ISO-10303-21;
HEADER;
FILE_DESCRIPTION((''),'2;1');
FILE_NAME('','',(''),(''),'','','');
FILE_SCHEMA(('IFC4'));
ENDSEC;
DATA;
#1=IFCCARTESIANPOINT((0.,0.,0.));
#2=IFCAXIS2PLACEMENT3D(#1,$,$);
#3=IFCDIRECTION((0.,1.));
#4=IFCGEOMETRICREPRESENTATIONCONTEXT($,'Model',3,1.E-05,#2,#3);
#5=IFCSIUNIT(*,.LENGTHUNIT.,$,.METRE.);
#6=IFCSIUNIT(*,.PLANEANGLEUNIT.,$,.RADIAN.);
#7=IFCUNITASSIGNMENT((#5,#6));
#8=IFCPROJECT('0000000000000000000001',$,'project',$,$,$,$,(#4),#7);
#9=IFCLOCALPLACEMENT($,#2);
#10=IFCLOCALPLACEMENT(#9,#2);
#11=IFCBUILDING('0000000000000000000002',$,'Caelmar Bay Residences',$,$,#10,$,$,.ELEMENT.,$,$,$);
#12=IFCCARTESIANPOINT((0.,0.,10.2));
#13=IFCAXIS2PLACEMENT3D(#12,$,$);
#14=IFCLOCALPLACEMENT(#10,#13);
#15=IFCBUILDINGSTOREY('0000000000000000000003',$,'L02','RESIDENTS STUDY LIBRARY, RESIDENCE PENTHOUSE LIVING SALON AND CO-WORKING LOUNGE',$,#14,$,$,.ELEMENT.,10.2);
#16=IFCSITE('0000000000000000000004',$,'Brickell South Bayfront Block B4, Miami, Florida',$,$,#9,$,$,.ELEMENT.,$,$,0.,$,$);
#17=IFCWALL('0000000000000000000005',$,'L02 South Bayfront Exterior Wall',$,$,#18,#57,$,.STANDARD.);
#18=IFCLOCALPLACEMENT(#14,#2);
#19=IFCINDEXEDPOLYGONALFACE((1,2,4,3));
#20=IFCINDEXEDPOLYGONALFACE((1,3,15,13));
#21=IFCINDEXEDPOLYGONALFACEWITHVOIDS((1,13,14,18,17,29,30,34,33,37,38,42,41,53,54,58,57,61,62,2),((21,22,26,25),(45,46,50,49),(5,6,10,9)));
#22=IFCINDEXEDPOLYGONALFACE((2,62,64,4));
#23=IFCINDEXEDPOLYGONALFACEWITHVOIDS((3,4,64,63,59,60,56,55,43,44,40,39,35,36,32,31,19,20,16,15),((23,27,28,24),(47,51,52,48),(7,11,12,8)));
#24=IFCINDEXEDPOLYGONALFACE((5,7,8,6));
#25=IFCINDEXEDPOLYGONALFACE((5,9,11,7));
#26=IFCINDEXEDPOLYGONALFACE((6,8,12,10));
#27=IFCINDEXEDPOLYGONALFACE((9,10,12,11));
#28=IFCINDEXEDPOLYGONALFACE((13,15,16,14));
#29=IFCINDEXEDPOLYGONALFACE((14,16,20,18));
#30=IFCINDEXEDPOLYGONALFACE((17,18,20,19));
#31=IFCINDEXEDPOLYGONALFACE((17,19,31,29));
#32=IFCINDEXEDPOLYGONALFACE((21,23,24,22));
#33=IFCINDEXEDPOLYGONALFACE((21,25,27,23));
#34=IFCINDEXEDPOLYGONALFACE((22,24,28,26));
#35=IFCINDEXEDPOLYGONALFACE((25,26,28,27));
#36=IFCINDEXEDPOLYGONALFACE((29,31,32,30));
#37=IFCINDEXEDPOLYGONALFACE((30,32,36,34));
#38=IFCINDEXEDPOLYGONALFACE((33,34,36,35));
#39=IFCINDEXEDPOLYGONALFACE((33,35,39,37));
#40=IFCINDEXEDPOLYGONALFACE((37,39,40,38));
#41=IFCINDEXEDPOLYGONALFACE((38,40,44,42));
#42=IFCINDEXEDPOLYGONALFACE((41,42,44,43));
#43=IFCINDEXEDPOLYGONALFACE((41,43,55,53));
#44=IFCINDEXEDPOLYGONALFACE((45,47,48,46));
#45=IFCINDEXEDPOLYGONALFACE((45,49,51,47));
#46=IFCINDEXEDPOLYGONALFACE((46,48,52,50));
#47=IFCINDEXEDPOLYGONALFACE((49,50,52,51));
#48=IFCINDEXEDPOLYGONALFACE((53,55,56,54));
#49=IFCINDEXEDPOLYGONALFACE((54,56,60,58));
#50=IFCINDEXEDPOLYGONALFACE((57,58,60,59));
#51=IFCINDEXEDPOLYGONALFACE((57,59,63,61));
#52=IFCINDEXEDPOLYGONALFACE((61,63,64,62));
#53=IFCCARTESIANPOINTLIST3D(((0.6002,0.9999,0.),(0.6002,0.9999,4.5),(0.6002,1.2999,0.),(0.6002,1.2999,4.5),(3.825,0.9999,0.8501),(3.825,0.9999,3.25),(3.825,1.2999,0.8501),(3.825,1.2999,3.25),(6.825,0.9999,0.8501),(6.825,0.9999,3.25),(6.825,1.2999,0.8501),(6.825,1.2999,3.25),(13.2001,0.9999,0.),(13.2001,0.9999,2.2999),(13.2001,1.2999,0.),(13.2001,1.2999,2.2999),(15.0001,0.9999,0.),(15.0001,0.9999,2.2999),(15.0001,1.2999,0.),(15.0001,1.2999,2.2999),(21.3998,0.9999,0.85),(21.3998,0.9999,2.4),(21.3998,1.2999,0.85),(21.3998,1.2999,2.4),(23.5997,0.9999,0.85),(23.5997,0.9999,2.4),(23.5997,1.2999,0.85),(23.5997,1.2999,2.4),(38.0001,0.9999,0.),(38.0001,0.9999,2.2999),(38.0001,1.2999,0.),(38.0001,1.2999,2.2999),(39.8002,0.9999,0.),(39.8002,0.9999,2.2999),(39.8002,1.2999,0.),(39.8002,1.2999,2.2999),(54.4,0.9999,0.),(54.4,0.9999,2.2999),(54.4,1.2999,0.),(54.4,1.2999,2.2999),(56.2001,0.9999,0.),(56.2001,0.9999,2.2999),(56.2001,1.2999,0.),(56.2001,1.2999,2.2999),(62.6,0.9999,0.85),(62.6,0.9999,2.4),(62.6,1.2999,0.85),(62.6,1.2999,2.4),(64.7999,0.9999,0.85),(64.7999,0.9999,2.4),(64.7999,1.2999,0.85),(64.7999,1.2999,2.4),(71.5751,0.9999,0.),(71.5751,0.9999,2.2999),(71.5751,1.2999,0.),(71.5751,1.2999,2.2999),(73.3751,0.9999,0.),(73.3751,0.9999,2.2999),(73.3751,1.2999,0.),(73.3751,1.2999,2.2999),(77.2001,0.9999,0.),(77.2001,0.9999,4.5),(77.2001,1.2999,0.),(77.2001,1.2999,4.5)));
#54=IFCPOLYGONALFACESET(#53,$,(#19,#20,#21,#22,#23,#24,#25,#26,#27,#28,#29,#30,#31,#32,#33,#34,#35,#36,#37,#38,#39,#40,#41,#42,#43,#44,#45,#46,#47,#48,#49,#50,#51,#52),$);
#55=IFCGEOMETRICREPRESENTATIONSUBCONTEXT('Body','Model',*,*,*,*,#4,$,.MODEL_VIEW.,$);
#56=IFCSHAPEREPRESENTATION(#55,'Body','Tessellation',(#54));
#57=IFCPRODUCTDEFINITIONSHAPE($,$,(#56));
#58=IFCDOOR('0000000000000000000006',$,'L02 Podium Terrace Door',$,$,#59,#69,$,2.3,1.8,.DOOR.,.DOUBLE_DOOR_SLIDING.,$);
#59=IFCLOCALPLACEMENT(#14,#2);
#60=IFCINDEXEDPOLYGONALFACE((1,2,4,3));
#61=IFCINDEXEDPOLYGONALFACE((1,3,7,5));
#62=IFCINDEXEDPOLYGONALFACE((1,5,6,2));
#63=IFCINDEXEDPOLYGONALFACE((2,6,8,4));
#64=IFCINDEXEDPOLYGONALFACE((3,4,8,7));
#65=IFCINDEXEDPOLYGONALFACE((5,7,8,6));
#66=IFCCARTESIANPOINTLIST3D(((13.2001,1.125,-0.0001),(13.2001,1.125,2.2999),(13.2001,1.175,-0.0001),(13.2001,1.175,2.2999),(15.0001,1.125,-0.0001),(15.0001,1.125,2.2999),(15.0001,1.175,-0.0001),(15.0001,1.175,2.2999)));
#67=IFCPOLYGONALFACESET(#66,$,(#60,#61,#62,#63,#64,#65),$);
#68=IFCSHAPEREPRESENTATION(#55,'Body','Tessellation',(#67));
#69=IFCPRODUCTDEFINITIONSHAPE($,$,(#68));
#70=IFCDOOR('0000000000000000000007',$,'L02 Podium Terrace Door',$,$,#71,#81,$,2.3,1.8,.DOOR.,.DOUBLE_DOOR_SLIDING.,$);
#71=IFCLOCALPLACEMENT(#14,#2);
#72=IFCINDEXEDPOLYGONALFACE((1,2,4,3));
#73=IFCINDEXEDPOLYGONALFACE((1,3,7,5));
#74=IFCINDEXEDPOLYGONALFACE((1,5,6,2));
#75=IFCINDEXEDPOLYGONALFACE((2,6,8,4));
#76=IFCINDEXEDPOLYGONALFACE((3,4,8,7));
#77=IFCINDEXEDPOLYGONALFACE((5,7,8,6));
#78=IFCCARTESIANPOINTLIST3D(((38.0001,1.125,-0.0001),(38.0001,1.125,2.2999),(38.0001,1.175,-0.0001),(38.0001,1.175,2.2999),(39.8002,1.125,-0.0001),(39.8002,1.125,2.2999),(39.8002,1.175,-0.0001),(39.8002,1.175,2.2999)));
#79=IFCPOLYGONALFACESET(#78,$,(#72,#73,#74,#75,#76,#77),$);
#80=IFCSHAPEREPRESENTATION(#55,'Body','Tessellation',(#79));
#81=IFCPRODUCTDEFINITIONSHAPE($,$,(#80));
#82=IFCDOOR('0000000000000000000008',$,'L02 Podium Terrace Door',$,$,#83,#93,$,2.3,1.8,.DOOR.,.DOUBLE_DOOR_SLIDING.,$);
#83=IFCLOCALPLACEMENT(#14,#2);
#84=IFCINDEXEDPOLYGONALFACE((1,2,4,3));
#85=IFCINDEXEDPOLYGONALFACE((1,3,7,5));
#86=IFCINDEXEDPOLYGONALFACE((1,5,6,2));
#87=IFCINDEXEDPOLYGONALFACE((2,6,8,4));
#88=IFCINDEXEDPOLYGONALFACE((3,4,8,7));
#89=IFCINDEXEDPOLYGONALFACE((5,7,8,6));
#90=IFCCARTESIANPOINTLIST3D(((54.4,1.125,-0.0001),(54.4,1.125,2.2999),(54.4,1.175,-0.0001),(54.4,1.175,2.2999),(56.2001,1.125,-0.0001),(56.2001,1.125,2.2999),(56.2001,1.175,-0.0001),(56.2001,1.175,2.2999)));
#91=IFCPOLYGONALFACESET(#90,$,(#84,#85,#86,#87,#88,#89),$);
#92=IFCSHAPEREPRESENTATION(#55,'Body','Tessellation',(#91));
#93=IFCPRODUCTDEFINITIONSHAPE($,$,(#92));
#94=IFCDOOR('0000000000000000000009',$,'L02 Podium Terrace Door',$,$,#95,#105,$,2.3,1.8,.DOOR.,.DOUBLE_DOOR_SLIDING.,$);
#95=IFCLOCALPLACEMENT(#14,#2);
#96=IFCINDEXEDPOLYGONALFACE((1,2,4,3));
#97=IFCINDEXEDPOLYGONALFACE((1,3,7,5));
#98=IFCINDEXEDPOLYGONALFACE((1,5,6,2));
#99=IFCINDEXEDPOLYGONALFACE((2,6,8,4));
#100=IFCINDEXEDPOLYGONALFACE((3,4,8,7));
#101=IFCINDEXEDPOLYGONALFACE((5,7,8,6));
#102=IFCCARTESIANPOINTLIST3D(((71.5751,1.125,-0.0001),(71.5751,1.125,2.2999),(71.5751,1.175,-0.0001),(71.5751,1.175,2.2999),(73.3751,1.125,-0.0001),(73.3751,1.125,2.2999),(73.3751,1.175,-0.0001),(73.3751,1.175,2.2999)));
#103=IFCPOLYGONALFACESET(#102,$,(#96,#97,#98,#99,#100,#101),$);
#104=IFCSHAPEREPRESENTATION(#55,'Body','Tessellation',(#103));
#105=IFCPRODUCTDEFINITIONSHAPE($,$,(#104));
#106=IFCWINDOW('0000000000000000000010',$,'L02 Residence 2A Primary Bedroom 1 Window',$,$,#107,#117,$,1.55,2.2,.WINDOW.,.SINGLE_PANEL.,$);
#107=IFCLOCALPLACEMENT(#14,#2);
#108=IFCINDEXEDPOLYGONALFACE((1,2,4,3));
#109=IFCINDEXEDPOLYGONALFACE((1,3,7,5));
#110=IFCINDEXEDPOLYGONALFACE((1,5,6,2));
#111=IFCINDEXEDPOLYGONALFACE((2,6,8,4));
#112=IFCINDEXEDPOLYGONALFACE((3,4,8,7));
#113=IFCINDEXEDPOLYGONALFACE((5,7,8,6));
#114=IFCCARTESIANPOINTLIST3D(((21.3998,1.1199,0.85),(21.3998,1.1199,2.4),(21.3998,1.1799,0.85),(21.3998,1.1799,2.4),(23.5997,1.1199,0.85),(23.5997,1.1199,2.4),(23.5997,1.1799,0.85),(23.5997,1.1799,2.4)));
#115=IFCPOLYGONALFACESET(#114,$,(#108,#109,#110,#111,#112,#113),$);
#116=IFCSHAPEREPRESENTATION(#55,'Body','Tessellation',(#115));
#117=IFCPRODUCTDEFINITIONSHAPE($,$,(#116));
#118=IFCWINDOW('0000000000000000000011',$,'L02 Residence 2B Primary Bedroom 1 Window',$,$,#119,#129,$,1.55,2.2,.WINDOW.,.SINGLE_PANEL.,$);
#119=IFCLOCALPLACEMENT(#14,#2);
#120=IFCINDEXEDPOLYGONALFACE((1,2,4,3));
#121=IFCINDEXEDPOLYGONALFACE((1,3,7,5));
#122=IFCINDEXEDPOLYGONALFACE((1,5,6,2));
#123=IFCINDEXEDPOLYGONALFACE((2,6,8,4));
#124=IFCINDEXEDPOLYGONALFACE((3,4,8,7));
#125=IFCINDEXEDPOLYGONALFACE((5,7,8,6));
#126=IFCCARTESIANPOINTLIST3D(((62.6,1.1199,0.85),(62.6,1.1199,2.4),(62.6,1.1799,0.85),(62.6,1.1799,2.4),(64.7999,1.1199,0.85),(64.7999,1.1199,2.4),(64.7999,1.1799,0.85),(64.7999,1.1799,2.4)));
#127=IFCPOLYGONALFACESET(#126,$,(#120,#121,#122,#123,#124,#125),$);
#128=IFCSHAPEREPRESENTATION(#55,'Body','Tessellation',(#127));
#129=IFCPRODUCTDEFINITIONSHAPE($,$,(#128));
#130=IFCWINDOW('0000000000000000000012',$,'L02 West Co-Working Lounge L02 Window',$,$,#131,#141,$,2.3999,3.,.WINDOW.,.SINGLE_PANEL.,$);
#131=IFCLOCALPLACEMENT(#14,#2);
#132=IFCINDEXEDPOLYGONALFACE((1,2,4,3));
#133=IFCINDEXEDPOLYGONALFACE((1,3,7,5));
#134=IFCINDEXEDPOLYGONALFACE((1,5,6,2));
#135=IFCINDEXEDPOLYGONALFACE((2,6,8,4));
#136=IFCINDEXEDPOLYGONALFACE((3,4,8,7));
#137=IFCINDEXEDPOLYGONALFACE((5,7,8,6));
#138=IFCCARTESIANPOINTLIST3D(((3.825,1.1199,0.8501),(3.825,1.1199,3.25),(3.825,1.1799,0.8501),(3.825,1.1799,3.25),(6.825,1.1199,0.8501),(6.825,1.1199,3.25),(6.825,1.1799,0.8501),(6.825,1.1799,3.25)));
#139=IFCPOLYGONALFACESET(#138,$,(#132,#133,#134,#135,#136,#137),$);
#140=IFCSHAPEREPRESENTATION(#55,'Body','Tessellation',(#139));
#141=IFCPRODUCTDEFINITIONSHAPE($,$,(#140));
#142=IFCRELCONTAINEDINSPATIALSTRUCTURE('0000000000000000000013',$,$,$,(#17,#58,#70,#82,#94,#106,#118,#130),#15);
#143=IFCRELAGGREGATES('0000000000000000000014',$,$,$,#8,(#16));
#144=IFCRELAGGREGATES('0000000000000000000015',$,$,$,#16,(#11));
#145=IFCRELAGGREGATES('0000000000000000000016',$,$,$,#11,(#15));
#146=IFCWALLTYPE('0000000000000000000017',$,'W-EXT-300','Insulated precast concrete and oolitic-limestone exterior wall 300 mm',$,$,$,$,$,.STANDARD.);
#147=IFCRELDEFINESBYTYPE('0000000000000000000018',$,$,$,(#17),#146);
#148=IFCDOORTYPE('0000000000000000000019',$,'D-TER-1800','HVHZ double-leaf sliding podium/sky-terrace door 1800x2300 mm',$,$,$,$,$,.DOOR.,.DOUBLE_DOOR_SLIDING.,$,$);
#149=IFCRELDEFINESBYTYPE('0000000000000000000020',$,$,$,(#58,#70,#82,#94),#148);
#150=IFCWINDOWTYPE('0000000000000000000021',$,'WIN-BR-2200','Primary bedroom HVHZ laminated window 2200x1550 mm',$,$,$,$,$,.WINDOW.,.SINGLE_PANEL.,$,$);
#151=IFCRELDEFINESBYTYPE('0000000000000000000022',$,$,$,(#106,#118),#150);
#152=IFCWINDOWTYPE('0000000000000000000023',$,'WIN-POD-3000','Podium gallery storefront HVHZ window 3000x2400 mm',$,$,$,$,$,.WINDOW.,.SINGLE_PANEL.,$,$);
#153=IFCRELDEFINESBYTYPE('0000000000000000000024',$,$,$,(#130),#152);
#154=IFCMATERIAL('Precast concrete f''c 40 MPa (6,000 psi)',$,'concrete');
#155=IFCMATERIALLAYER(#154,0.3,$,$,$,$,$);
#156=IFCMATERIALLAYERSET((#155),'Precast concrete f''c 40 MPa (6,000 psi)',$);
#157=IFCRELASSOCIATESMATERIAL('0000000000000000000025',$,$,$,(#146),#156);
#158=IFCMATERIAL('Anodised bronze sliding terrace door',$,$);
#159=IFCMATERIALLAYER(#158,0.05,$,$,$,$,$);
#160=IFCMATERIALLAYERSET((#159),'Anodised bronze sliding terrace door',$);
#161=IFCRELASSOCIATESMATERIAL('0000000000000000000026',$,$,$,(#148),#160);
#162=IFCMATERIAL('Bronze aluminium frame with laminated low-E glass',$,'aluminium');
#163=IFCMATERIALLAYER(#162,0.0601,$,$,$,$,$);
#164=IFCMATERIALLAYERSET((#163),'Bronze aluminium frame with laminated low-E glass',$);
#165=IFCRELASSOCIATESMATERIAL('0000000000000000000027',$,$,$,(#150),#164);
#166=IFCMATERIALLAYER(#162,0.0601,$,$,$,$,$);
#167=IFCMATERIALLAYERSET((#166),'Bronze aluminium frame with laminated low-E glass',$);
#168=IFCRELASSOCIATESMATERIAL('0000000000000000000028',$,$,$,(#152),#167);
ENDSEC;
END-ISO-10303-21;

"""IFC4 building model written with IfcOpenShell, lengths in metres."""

from ifc_helpers import new_model, si_unit, direction, frame, frame_2d, origin, place, context, subcontext, project, spatial, rectangle, extrude, material, layer, layer_set, type_object, element, fill, save


model = new_model("IFC4")

# Units and contexts
model_context = context("Model", 3, precision=1e-05, world=origin(), true_north=direction((0.0, 1.0)))
body_context = subcontext(model_context, "Body", "Model", "MODEL_VIEW")
ifc_project = project(units=[si_unit("LENGTHUNIT", "METRE"), si_unit("PLANEANGLEUNIT", "RADIAN")], contexts=[model_context])

# Site, building, storey
site_placement = place(None, origin())
site = spatial("IfcSite", under=ifc_project, at=site_placement, Name="Brickell South Bayfront Block B4, Miami, Florida", CompositionType="ELEMENT", RefElevation=0.0)
building_placement = place(site_placement, origin())
building = spatial("IfcBuilding", under=site, at=building_placement, Name="Caelmar Bay Residences", CompositionType="ELEMENT")
storey_placement = place(building_placement, frame((0.0, 0.0, 10.2)))
storey = spatial("IfcBuildingStorey", under=building, at=storey_placement, Name="L02", Description="RESIDENTS STUDY LIBRARY, RESIDENCE PENTHOUSE LIVING SALON AND CO-WORKING LOUNGE", CompositionType="ELEMENT", Elevation=10.2)

# Wall, openings, doors, windows
ifc_material_1 = material(Name="Precast concrete f'c 40 MPa (6,000 psi)", Category="concrete")
ifc_layer_1 = layer(ifc_material_1, 0.3)
ifc_layer_set_1 = layer_set([ifc_layer_1], Name="Precast concrete f'c 40 MPa (6,000 psi)")
wall_type = type_object("IfcWallType", Name="W-EXT-300", Description="Insulated precast concrete and oolitic-limestone exterior wall 300 mm", PredefinedType="STANDARD", material=ifc_layer_set_1)
wall_placement = place(storey_placement, frame((77.2, 1.1499, 0.0), z_axis=(0.0, 0.0, 1.0), x_axis=(-1.0, 0.0, 0.0)))
wall = element("IfcWall", 1, at=wall_placement, inside=storey, type_object=wall_type, Name="L02 South Bayfront Exterior Wall", PredefinedType="STANDARD", context=body_context, shape_type="SweptSolid", body=[
    extrude(rectangle(XDim=76.5999, YDim=0.3, at=frame_2d((38.2998, 0.0))), origin(), (0.0, 0.0, 1.0), 4.5),
])
opening_1_placement = place(wall_placement, frame((70.375, 0.0, 0.8501)))
opening_1 = element("IfcOpeningElement", 2, at=opening_1_placement, cuts=wall, PredefinedType="OPENING", context=body_context, shape_type="SweptSolid", body=[
    extrude(rectangle(XDim=3.0, YDim=2.3999, at=frame_2d((1.5, 1.2))), frame((0.0, 0.1599, 0.0), z_axis=(0.0, -1.0, 0.0), x_axis=(1.0, 0.0, 0.0)), (0.0, 0.0, 1.0), 0.3201),
])
opening_2_placement = place(wall_placement, frame((62.2, 0.0, 0.0)))
opening_2 = element("IfcOpeningElement", 3, at=opening_2_placement, cuts=wall, PredefinedType="OPENING", context=body_context, shape_type="SweptSolid", body=[
    extrude(rectangle(XDim=1.8, YDim=2.3, at=frame_2d((0.8999, 1.1499))), frame((0.0, 0.1599, 0.0), z_axis=(0.0, -1.0, 0.0), x_axis=(1.0, 0.0, 0.0)), (0.0, 0.0, 1.0), 0.3201),
])
opening_3_placement = place(wall_placement, frame((53.6001, 0.0, 0.8501)))
opening_3 = element("IfcOpeningElement", 4, at=opening_3_placement, cuts=wall, PredefinedType="OPENING", context=body_context, shape_type="SweptSolid", body=[
    extrude(rectangle(XDim=2.2, YDim=1.55, at=frame_2d((1.1001, 0.7749))), frame((0.0, 0.1599, 0.0), z_axis=(0.0, -1.0, 0.0), x_axis=(1.0, 0.0, 0.0)), (0.0, 0.0, 1.0), 0.3201),
])
opening_4_placement = place(wall_placement, frame((37.3999, 0.0, 0.0)))
opening_4 = element("IfcOpeningElement", 5, at=opening_4_placement, cuts=wall, PredefinedType="OPENING", context=body_context, shape_type="SweptSolid", body=[
    extrude(rectangle(XDim=1.8, YDim=2.3, at=frame_2d((0.8999, 1.1499))), frame((0.0, 0.1599, 0.0), z_axis=(0.0, -1.0, 0.0), x_axis=(1.0, 0.0, 0.0)), (0.0, 0.0, 1.0), 0.3201),
])
opening_5_placement = place(wall_placement, frame((21.0, 0.0, 0.0)))
opening_5 = element("IfcOpeningElement", 6, at=opening_5_placement, cuts=wall, PredefinedType="OPENING", context=body_context, shape_type="SweptSolid", body=[
    extrude(rectangle(XDim=1.8, YDim=2.3, at=frame_2d((0.8999, 1.1499))), frame((0.0, 0.1599, 0.0), z_axis=(0.0, -1.0, 0.0), x_axis=(1.0, 0.0, 0.0)), (0.0, 0.0, 1.0), 0.3201),
])
opening_6_placement = place(wall_placement, frame((12.3999, 0.0, 0.8501)))
opening_6 = element("IfcOpeningElement", 7, at=opening_6_placement, cuts=wall, PredefinedType="OPENING", context=body_context, shape_type="SweptSolid", body=[
    extrude(rectangle(XDim=2.2, YDim=1.55, at=frame_2d((1.1001, 0.7749))), frame((0.0, 0.1599, 0.0), z_axis=(0.0, -1.0, 0.0), x_axis=(1.0, 0.0, 0.0)), (0.0, 0.0, 1.0), 0.3201),
])
opening_7_placement = place(wall_placement, frame((3.825, 0.0, 0.0)))
opening_7 = element("IfcOpeningElement", 8, at=opening_7_placement, cuts=wall, PredefinedType="OPENING", context=body_context, shape_type="SweptSolid", body=[
    extrude(rectangle(XDim=1.8, YDim=2.3, at=frame_2d((0.8999, 1.1499))), frame((0.0, 0.1599, 0.0), z_axis=(0.0, -1.0, 0.0), x_axis=(1.0, 0.0, 0.0)), (0.0, 0.0, 1.0), 0.3201),
])
ifc_material_2 = material(Name="Anodised bronze sliding terrace door")
ifc_layer_2 = layer(ifc_material_2, 0.05)
ifc_layer_set_2 = layer_set([ifc_layer_2], Name="Anodised bronze sliding terrace door")
door_type = type_object("IfcDoorType", Name="D-TER-1800", Description="HVHZ double-leaf sliding podium/sky-terrace door 1800x2300 mm", OperationType="DOUBLE_DOOR_SLIDING", PredefinedType="DOOR", material=ifc_layer_set_2)
door_1_placement = place(opening_2_placement, origin())
door_1 = element("IfcDoor", 9, at=door_1_placement, inside=storey, type_object=door_type, Name="L02 Podium Terrace Door", OperationType="DOUBLE_DOOR_SLIDING", OverallHeight=2.3, OverallWidth=1.8, PredefinedType="DOOR", context=body_context, shape_type="SweptSolid", body=[
    extrude(rectangle(XDim=1.8, YDim=2.3, at=frame_2d((0.8999, 1.1499))), frame((0.0, 0.0249, 0.0), z_axis=(0.0, -1.0, 0.0), x_axis=(1.0, 0.0, 0.0)), (0.0, 0.0, 1.0), 0.05),
])
fill(opening_2, door_1)
door_2_placement = place(opening_4_placement, origin())
door_2 = element("IfcDoor", 10, at=door_2_placement, inside=storey, type_object=door_type, Name="L02 Podium Terrace Door", OperationType="DOUBLE_DOOR_SLIDING", OverallHeight=2.3, OverallWidth=1.8, PredefinedType="DOOR", context=body_context, shape_type="SweptSolid", body=[
    extrude(rectangle(XDim=1.8, YDim=2.3, at=frame_2d((0.8999, 1.1499))), frame((0.0, 0.0249, 0.0), z_axis=(0.0, -1.0, 0.0), x_axis=(1.0, 0.0, 0.0)), (0.0, 0.0, 1.0), 0.05),
])
fill(opening_4, door_2)
door_3_placement = place(opening_5_placement, origin())
door_3 = element("IfcDoor", 11, at=door_3_placement, inside=storey, type_object=door_type, Name="L02 Podium Terrace Door", OperationType="DOUBLE_DOOR_SLIDING", OverallHeight=2.3, OverallWidth=1.8, PredefinedType="DOOR", context=body_context, shape_type="SweptSolid", body=[
    extrude(rectangle(XDim=1.8, YDim=2.3, at=frame_2d((0.8999, 1.1499))), frame((0.0, 0.0249, 0.0), z_axis=(0.0, -1.0, 0.0), x_axis=(1.0, 0.0, 0.0)), (0.0, 0.0, 1.0), 0.05),
])
fill(opening_5, door_3)
door_4_placement = place(opening_7_placement, origin())
door_4 = element("IfcDoor", 12, at=door_4_placement, inside=storey, type_object=door_type, Name="L02 Podium Terrace Door", OperationType="DOUBLE_DOOR_SLIDING", OverallHeight=2.3, OverallWidth=1.8, PredefinedType="DOOR", context=body_context, shape_type="SweptSolid", body=[
    extrude(rectangle(XDim=1.8, YDim=2.3, at=frame_2d((0.8999, 1.1499))), frame((0.0, 0.0249, 0.0), z_axis=(0.0, -1.0, 0.0), x_axis=(1.0, 0.0, 0.0)), (0.0, 0.0, 1.0), 0.05),
])
fill(opening_7, door_4)
ifc_material_3 = material(Name="Bronze aluminium frame with laminated low-E glass", Category="aluminium")
ifc_layer_3 = layer(ifc_material_3, 0.0601)
ifc_layer_set_3 = layer_set([ifc_layer_3], Name="Bronze aluminium frame with laminated low-E glass")
window_type_1 = type_object("IfcWindowType", Name="WIN-BR-2200", Description="Primary bedroom HVHZ laminated window 2200x1550 mm", PartitioningType="SINGLE_PANEL", PredefinedType="WINDOW", material=ifc_layer_set_3)
window_1_placement = place(opening_3_placement, origin())
window_1 = element("IfcWindow", 13, at=window_1_placement, inside=storey, type_object=window_type_1, Name="L02 Residence 2A Primary Bedroom 1 Window", OverallHeight=1.55, OverallWidth=2.2, PartitioningType="SINGLE_PANEL", PredefinedType="WINDOW", context=body_context, shape_type="SweptSolid", body=[
    extrude(rectangle(XDim=2.2, YDim=1.55, at=frame_2d((1.1001, 0.7749))), frame((0.0, 0.03, 0.0), z_axis=(0.0, -1.0, 0.0), x_axis=(1.0, 0.0, 0.0)), (0.0, 0.0, 1.0), 0.0601),
])
fill(opening_3, window_1)
window_2_placement = place(opening_6_placement, origin())
window_2 = element("IfcWindow", 14, at=window_2_placement, inside=storey, type_object=window_type_1, Name="L02 Residence 2B Primary Bedroom 1 Window", OverallHeight=1.55, OverallWidth=2.2, PartitioningType="SINGLE_PANEL", PredefinedType="WINDOW", context=body_context, shape_type="SweptSolid", body=[
    extrude(rectangle(XDim=2.2, YDim=1.55, at=frame_2d((1.1001, 0.7749))), frame((0.0, 0.03, 0.0), z_axis=(0.0, -1.0, 0.0), x_axis=(1.0, 0.0, 0.0)), (0.0, 0.0, 1.0), 0.0601),
])
fill(opening_6, window_2)
ifc_layer_4 = layer(ifc_material_3, 0.0601)
ifc_layer_set_4 = layer_set([ifc_layer_4], Name="Bronze aluminium frame with laminated low-E glass")
window_type_2 = type_object("IfcWindowType", Name="WIN-POD-3000", Description="Podium gallery storefront HVHZ window 3000x2400 mm", PartitioningType="SINGLE_PANEL", PredefinedType="WINDOW", material=ifc_layer_set_4)
window_3_placement = place(opening_1_placement, origin())
window_3 = element("IfcWindow", 15, at=window_3_placement, inside=storey, type_object=window_type_2, Name="L02 West Co-Working Lounge L02 Window", OverallHeight=2.3999, OverallWidth=3.0, PartitioningType="SINGLE_PANEL", PredefinedType="WINDOW", context=body_context, shape_type="SweptSolid", body=[
    extrude(rectangle(XDim=3.0, YDim=2.3999, at=frame_2d((1.5, 1.2))), frame((0.0, 0.03, 0.0), z_axis=(0.0, -1.0, 0.0), x_axis=(1.0, 0.0, 0.0)), (0.0, 0.0, 1.0), 0.0601),
])
fill(opening_1, window_3)

save(model, "model.ifc")
